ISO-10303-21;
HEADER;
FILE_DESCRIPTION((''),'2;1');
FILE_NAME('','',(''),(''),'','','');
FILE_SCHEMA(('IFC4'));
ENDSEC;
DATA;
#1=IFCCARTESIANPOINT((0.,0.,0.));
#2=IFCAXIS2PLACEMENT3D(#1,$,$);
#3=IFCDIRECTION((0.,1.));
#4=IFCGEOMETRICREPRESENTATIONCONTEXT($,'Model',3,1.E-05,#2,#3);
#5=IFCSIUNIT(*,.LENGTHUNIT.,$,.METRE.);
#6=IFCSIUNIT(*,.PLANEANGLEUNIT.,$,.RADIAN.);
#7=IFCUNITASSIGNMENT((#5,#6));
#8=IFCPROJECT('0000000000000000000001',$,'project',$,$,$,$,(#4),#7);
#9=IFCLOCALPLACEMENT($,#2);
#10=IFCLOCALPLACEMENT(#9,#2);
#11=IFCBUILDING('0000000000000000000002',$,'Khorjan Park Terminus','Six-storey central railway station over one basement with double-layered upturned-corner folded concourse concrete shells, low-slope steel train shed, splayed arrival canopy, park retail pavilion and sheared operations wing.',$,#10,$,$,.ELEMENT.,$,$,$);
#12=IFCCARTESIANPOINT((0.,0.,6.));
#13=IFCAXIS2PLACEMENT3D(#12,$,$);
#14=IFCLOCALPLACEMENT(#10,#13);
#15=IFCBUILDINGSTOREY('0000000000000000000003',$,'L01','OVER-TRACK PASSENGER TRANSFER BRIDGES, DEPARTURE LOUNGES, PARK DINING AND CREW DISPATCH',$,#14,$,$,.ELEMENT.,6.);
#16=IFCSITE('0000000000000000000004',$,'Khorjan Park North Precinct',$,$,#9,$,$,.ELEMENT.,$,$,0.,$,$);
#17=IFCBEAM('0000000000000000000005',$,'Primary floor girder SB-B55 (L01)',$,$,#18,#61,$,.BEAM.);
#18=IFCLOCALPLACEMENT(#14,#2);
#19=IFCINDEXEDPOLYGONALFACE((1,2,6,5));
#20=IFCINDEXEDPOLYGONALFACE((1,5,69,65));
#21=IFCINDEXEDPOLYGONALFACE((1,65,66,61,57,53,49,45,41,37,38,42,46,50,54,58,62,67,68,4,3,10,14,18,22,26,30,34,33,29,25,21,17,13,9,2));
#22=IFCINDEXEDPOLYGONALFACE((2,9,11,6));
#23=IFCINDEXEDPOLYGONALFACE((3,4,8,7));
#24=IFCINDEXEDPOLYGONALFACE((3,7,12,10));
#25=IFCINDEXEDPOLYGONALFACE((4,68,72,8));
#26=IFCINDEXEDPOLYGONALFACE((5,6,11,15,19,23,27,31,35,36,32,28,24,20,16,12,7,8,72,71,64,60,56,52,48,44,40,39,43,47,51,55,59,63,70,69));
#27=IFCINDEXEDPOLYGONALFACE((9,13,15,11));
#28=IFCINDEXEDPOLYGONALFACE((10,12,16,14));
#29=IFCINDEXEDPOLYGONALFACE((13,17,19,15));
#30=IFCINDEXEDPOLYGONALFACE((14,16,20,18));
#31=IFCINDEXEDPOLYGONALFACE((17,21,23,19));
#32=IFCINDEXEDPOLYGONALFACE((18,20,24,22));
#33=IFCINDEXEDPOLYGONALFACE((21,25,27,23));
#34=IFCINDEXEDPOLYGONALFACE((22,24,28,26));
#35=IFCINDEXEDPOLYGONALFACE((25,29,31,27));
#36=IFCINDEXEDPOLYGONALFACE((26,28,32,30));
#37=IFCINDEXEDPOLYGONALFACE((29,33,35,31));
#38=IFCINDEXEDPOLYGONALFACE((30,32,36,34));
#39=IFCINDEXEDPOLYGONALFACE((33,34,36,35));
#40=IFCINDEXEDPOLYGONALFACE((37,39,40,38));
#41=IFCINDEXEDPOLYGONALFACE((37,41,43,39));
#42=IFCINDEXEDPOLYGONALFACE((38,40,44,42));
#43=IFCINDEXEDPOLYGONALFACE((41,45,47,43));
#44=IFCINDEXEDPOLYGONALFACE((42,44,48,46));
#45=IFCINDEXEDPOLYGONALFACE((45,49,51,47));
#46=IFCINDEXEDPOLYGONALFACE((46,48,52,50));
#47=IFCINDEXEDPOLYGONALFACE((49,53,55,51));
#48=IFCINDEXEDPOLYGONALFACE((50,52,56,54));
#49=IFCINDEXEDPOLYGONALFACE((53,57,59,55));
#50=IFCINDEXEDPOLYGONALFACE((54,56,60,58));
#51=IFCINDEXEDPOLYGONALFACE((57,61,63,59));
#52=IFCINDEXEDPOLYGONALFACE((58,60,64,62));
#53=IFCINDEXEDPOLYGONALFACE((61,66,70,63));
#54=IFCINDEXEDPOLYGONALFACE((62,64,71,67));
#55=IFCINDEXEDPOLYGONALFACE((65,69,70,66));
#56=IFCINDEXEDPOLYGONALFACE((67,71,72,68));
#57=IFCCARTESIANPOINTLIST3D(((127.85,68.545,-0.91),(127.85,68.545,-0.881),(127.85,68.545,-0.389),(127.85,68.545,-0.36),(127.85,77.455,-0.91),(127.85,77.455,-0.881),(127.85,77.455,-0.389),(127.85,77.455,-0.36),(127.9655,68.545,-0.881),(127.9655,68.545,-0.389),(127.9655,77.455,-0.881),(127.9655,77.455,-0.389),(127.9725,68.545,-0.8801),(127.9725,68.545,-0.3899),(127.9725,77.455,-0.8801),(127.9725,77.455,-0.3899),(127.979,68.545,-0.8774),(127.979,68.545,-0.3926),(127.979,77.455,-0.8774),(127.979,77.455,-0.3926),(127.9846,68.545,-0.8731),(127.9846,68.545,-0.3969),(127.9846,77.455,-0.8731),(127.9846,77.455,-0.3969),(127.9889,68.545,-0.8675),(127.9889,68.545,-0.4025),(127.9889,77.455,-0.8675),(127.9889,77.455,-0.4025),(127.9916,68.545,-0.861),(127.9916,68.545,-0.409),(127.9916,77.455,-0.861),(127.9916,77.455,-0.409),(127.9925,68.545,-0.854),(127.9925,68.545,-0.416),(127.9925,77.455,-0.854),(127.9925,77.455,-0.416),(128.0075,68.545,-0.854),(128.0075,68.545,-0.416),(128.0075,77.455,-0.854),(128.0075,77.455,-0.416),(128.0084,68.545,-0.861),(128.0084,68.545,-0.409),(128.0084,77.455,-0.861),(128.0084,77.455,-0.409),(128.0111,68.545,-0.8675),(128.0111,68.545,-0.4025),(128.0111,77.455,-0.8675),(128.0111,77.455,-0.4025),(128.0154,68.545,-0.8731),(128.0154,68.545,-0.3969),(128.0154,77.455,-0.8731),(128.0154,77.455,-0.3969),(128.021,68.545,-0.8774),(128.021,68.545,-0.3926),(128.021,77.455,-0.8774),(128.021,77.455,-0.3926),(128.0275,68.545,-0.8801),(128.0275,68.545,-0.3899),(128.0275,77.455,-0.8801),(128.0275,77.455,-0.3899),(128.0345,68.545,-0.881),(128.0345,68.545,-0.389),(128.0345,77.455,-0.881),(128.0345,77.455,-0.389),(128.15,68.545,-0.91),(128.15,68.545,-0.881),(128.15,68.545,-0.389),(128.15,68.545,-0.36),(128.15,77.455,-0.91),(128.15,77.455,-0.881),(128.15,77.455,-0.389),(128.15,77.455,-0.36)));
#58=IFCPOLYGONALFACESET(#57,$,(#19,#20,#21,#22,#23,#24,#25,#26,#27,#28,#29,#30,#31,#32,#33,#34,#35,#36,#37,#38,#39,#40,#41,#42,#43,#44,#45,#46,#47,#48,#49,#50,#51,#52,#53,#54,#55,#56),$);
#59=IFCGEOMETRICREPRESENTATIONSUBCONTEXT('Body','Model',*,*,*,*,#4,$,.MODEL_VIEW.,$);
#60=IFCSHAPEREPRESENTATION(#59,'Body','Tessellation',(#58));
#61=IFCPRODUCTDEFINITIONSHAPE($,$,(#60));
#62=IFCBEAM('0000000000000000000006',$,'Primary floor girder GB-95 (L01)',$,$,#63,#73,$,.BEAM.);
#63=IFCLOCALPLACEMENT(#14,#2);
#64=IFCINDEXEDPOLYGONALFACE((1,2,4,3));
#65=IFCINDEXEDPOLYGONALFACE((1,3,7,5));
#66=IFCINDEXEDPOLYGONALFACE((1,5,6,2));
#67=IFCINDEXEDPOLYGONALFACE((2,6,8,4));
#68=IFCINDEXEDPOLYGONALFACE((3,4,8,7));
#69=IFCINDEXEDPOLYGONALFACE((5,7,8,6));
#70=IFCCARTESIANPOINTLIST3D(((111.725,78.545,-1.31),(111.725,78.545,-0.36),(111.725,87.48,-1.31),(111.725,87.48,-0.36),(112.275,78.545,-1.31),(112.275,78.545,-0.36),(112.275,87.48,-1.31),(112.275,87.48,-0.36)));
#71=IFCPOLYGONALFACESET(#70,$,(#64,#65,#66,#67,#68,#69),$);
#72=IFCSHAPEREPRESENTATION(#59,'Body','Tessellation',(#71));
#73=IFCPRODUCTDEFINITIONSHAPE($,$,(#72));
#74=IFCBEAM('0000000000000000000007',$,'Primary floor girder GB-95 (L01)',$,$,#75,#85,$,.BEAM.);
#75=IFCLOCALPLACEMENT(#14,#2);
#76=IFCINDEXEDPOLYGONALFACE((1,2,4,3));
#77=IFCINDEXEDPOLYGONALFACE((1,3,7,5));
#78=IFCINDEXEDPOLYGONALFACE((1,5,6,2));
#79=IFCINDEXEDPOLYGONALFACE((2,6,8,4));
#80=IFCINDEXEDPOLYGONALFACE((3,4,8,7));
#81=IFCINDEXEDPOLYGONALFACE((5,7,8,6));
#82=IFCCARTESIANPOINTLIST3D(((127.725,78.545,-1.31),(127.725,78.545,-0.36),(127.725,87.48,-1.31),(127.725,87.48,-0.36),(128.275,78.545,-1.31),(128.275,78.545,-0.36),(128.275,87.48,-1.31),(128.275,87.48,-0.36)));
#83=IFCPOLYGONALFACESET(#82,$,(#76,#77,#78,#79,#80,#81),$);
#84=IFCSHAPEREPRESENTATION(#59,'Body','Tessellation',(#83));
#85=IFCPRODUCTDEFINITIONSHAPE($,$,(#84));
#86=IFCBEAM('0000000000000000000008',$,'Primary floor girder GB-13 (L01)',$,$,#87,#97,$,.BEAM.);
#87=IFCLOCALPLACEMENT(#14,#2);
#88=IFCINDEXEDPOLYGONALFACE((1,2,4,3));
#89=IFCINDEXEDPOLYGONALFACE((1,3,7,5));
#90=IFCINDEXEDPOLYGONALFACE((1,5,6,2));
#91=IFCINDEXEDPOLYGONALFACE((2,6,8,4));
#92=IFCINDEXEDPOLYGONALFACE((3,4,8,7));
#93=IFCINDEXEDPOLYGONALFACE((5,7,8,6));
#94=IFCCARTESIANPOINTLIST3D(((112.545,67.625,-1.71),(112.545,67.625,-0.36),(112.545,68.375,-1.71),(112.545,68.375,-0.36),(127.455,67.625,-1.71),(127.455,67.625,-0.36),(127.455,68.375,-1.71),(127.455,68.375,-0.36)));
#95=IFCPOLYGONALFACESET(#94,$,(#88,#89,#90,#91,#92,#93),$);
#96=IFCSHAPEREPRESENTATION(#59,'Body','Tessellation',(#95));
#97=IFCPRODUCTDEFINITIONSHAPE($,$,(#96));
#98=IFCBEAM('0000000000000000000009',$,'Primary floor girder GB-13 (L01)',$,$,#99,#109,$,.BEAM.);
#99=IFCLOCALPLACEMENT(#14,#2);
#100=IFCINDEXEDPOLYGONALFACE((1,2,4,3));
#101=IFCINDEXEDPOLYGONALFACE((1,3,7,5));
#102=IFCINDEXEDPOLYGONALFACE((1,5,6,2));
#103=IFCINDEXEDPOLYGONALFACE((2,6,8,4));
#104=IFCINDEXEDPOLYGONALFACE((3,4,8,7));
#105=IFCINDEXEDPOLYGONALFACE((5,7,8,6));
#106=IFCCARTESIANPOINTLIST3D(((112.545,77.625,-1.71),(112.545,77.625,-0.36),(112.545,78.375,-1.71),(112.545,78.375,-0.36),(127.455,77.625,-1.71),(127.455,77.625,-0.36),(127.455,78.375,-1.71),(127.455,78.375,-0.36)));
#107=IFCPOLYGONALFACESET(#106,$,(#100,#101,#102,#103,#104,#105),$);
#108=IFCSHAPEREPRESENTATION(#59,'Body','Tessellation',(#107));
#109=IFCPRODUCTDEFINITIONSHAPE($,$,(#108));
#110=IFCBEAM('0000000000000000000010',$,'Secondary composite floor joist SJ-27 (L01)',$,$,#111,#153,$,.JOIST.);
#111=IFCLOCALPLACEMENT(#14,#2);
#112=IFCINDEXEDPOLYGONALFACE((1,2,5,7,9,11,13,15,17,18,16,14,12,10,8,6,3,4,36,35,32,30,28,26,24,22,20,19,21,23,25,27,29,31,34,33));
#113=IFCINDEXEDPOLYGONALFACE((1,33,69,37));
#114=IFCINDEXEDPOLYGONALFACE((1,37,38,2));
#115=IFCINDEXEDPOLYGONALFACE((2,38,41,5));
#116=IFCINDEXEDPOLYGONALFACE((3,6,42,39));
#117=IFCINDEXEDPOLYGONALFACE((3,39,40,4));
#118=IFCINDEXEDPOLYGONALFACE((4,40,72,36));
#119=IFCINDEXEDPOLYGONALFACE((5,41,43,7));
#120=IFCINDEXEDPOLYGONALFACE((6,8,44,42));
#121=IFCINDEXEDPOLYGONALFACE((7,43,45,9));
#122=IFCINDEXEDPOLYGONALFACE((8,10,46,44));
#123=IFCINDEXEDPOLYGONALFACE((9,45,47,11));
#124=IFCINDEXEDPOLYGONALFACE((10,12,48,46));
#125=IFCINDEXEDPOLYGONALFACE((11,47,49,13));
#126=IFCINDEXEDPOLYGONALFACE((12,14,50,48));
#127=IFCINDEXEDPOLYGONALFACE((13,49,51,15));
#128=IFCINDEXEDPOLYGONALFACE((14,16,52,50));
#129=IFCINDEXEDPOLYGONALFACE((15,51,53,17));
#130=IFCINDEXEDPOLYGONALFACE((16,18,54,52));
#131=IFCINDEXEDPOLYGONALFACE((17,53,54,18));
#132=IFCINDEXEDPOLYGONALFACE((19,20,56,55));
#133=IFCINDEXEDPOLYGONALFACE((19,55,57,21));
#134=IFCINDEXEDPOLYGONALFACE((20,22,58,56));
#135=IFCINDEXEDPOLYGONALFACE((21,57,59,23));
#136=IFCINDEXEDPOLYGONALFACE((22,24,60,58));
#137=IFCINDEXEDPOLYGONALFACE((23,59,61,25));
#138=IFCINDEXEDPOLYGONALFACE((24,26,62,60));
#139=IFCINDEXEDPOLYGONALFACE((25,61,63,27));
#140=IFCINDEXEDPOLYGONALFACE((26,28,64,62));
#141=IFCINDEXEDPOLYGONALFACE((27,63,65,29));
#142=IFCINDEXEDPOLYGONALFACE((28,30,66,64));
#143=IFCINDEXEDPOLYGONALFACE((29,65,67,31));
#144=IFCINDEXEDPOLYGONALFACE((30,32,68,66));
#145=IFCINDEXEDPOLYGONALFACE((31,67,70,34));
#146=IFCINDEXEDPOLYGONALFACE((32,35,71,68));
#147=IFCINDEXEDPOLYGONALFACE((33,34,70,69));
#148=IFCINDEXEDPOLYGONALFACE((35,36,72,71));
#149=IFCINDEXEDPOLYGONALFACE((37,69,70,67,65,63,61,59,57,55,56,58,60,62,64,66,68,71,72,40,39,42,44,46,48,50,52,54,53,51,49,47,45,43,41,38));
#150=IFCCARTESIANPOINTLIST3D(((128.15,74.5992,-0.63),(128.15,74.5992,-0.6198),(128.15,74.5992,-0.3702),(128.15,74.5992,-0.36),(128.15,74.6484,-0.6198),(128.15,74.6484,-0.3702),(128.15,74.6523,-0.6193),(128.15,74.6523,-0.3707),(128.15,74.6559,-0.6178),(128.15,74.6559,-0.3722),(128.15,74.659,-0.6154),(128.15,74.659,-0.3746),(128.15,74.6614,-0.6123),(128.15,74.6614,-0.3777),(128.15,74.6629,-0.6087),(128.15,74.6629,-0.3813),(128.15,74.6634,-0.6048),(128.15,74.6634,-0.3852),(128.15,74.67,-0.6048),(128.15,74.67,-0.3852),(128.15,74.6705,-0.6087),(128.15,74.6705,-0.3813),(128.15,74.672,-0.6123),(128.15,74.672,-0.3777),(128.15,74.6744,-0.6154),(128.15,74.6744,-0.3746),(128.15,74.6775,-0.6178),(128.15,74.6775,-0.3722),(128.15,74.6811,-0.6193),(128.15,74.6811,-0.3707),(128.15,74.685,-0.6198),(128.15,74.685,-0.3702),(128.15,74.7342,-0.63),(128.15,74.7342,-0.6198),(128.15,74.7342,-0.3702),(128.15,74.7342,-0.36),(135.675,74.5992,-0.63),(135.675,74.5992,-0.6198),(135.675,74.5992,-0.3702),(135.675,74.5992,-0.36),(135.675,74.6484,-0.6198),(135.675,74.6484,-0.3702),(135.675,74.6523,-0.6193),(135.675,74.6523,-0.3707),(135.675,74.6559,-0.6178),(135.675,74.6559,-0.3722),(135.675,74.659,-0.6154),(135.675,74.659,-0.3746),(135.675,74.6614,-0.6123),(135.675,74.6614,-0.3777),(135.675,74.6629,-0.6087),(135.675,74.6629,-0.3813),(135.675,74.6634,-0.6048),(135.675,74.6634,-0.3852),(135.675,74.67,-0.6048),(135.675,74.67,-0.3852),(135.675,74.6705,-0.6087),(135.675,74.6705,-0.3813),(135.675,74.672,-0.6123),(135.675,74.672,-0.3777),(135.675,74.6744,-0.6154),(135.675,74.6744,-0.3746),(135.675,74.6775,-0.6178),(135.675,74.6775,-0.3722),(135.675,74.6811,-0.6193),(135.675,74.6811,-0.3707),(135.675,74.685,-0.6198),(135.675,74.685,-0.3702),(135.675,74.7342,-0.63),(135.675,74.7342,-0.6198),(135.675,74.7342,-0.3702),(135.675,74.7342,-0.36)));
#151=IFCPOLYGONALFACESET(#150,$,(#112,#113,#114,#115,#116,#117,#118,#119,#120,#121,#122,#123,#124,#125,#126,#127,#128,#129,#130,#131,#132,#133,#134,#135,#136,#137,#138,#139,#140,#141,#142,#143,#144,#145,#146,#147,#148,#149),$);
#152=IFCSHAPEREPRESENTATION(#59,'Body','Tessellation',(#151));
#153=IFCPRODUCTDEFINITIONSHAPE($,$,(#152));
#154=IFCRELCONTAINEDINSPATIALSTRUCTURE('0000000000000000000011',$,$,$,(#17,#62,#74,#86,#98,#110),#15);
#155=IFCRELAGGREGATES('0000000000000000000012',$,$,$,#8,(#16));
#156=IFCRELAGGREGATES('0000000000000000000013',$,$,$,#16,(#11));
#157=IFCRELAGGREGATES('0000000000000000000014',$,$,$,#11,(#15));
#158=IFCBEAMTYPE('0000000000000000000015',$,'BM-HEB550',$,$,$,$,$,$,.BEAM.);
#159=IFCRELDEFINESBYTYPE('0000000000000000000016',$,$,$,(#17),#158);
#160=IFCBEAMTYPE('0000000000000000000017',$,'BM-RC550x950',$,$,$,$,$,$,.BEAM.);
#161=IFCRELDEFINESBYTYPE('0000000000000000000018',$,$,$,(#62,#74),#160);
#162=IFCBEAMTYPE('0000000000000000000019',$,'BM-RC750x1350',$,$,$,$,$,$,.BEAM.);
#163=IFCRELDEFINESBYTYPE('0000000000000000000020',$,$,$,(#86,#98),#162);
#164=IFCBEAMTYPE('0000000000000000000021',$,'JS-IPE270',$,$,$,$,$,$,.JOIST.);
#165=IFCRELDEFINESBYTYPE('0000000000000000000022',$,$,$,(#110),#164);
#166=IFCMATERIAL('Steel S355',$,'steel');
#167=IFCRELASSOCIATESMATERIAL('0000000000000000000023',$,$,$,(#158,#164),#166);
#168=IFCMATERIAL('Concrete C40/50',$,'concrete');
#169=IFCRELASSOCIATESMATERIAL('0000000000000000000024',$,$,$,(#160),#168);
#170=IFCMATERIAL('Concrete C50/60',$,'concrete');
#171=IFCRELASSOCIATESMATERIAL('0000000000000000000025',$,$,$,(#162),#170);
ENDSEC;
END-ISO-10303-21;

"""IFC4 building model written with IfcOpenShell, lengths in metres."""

from ifc_helpers import new_model, si_unit, direction, frame, origin, origin_2d, place, context, subcontext, project, spatial, rectangle, i_section, extrude, material, material_profile, profile_set, type_object, element, save


model = new_model("IFC4")

# Units and contexts
model_context = context("Model", 3, precision=1e-05, world=origin(), true_north=direction((0.0, 1.0)))
body_context = subcontext(model_context, "Body", "Model", "MODEL_VIEW")
ifc_project = project(units=[si_unit("LENGTHUNIT", "METRE"), si_unit("PLANEANGLEUNIT", "RADIAN")], contexts=[model_context])

# Site, building, storey
site_placement = place(None, origin())
site = spatial("IfcSite", under=ifc_project, at=site_placement, Name="Khorjan Park North Precinct", CompositionType="ELEMENT", RefElevation=0.0)
building_placement = place(site_placement, origin())
building = spatial("IfcBuilding", under=site, at=building_placement, Name="Khorjan Park Terminus", Description="Six-storey central railway station over one basement with double-layered upturned-corner folded concourse concrete shells, low-slope steel train shed, splayed arrival canopy, park retail pavilion and sheared operations wing.", CompositionType="ELEMENT")
storey_placement = place(building_placement, frame((0.0, 0.0, 6.0)))
storey = spatial("IfcBuildingStorey", under=building, at=storey_placement, Name="L01", Description="OVER-TRACK PASSENGER TRANSFER BRIDGES, DEPARTURE LOUNGES, PARK DINING AND CREW DISPATCH", CompositionType="ELEMENT", Elevation=6.0)

# Shared definitions
ifc_material_1 = material(Name="Concrete C50/60", Category="concrete")

# Beams
ifc_material_2 = material(Name="Steel S355", Category="steel")
ifc_material_profile_1 = material_profile(ifc_material_2, i_section(OverallWidth=0.3, OverallDepth=0.55, WebThickness=0.015, FlangeThickness=0.029, FilletRadius=0.027, at=origin_2d()), Name="HEB 550")
ifc_profile_set_1 = profile_set([ifc_material_profile_1], Name="Steel S355")
beam_type_1 = type_object("IfcBeamType", Name="BM-HEB550", PredefinedType="BEAM", material=ifc_profile_set_1)
beam_1_placement = place(storey_placement, frame((128.0, 68.545, -0.635), z_axis=(0.0, 1.0, 0.0), x_axis=(-1.0, 0.0, 0.0)))
element("IfcBeam", 1, at=beam_1_placement, inside=storey, type_object=beam_type_1, Name="Primary floor girder SB-B55 (L01)", PredefinedType="BEAM", context=body_context, shape_type="SweptSolid", body=[
    extrude(i_section(OverallWidth=0.3, OverallDepth=0.55, WebThickness=0.015, FlangeThickness=0.029, FilletRadius=0.027, at=origin_2d()), origin(), (0.0, 0.0, 1.0), 8.91),
])
ifc_material_3 = material(Name="Concrete C40/50", Category="concrete")
ifc_material_profile_2 = material_profile(ifc_material_3, rectangle(XDim=0.55, YDim=0.95, at=origin_2d()), Name="RC 550x950")
ifc_profile_set_2 = profile_set([ifc_material_profile_2], Name="Concrete C40/50")
beam_type_2 = type_object("IfcBeamType", Name="BM-RC550x950", PredefinedType="BEAM", material=ifc_profile_set_2)
for number, where, z_axis, x_axis, name in (
    (2, (112.0, 78.545, -0.835), (0.0, 1.0, 0.0), (-1.0, 0.0, 0.0), "Primary floor girder GB-95 (L01)"),
    (3, (128.0, 78.545, -0.835), (0.0, 1.0, 0.0), (-1.0, 0.0, 0.0), "Primary floor girder GB-95 (L01)"),
):
    element("IfcBeam", number, at=place(storey_placement, frame(where, z_axis=z_axis, x_axis=x_axis)), inside=storey, type_object=beam_type_2, Name=name, PredefinedType="BEAM", context=body_context, shape_type="SweptSolid", body=[
        extrude(rectangle(XDim=0.55, YDim=0.95, at=origin_2d()), origin(), (0.0, 0.0, 1.0), 8.935),
    ])
ifc_material_profile_3 = material_profile(ifc_material_1, rectangle(XDim=0.75, YDim=1.35, at=origin_2d()), Name="RC 750x1350")
ifc_profile_set_3 = profile_set([ifc_material_profile_3], Name="Concrete C50/60")
beam_type_3 = type_object("IfcBeamType", Name="BM-RC750x1350", PredefinedType="BEAM", material=ifc_profile_set_3)
for number, where, z_axis, x_axis, name in (
    (4, (112.545, 68.0, -1.035), (1.0, 0.0, 0.0), (0.0, 1.0, 0.0), "Primary floor girder GB-13 (L01)"),
    (5, (112.545, 78.0, -1.035), (1.0, 0.0, 0.0), (0.0, 1.0, 0.0), "Primary floor girder GB-13 (L01)"),
):
    element("IfcBeam", number, at=place(storey_placement, frame(where, z_axis=z_axis, x_axis=x_axis)), inside=storey, type_object=beam_type_3, Name=name, PredefinedType="BEAM", context=body_context, shape_type="SweptSolid", body=[
        extrude(rectangle(XDim=0.75, YDim=1.35, at=origin_2d()), origin(), (0.0, 0.0, 1.0), 14.91),
    ])
ifc_material_profile_4 = material_profile(ifc_material_2, i_section(OverallWidth=0.135, OverallDepth=0.27, WebThickness=0.0066, FlangeThickness=0.0102, FilletRadius=0.015, at=origin_2d()), Name="IPE 270")
ifc_profile_set_4 = profile_set([ifc_material_profile_4], Name="Steel S355")
beam_type_4 = type_object("IfcBeamType", Name="JS-IPE270", PredefinedType="JOIST", material=ifc_profile_set_4)
beam_2_placement = place(storey_placement, frame((128.15, 74.6667, -0.495), z_axis=(1.0, 0.0, 0.0), x_axis=(0.0, 1.0, 0.0)))
element("IfcBeam", 6, at=beam_2_placement, inside=storey, type_object=beam_type_4, Name="Secondary composite floor joist SJ-27 (L01)", PredefinedType="JOIST", context=body_context, shape_type="SweptSolid", body=[
    extrude(i_section(OverallWidth=0.135, OverallDepth=0.27, WebThickness=0.0066, FlangeThickness=0.0102, FilletRadius=0.015, at=origin_2d()), origin(), (0.0, 0.0, 1.0), 7.525),
])

save(model, "model.ifc")
